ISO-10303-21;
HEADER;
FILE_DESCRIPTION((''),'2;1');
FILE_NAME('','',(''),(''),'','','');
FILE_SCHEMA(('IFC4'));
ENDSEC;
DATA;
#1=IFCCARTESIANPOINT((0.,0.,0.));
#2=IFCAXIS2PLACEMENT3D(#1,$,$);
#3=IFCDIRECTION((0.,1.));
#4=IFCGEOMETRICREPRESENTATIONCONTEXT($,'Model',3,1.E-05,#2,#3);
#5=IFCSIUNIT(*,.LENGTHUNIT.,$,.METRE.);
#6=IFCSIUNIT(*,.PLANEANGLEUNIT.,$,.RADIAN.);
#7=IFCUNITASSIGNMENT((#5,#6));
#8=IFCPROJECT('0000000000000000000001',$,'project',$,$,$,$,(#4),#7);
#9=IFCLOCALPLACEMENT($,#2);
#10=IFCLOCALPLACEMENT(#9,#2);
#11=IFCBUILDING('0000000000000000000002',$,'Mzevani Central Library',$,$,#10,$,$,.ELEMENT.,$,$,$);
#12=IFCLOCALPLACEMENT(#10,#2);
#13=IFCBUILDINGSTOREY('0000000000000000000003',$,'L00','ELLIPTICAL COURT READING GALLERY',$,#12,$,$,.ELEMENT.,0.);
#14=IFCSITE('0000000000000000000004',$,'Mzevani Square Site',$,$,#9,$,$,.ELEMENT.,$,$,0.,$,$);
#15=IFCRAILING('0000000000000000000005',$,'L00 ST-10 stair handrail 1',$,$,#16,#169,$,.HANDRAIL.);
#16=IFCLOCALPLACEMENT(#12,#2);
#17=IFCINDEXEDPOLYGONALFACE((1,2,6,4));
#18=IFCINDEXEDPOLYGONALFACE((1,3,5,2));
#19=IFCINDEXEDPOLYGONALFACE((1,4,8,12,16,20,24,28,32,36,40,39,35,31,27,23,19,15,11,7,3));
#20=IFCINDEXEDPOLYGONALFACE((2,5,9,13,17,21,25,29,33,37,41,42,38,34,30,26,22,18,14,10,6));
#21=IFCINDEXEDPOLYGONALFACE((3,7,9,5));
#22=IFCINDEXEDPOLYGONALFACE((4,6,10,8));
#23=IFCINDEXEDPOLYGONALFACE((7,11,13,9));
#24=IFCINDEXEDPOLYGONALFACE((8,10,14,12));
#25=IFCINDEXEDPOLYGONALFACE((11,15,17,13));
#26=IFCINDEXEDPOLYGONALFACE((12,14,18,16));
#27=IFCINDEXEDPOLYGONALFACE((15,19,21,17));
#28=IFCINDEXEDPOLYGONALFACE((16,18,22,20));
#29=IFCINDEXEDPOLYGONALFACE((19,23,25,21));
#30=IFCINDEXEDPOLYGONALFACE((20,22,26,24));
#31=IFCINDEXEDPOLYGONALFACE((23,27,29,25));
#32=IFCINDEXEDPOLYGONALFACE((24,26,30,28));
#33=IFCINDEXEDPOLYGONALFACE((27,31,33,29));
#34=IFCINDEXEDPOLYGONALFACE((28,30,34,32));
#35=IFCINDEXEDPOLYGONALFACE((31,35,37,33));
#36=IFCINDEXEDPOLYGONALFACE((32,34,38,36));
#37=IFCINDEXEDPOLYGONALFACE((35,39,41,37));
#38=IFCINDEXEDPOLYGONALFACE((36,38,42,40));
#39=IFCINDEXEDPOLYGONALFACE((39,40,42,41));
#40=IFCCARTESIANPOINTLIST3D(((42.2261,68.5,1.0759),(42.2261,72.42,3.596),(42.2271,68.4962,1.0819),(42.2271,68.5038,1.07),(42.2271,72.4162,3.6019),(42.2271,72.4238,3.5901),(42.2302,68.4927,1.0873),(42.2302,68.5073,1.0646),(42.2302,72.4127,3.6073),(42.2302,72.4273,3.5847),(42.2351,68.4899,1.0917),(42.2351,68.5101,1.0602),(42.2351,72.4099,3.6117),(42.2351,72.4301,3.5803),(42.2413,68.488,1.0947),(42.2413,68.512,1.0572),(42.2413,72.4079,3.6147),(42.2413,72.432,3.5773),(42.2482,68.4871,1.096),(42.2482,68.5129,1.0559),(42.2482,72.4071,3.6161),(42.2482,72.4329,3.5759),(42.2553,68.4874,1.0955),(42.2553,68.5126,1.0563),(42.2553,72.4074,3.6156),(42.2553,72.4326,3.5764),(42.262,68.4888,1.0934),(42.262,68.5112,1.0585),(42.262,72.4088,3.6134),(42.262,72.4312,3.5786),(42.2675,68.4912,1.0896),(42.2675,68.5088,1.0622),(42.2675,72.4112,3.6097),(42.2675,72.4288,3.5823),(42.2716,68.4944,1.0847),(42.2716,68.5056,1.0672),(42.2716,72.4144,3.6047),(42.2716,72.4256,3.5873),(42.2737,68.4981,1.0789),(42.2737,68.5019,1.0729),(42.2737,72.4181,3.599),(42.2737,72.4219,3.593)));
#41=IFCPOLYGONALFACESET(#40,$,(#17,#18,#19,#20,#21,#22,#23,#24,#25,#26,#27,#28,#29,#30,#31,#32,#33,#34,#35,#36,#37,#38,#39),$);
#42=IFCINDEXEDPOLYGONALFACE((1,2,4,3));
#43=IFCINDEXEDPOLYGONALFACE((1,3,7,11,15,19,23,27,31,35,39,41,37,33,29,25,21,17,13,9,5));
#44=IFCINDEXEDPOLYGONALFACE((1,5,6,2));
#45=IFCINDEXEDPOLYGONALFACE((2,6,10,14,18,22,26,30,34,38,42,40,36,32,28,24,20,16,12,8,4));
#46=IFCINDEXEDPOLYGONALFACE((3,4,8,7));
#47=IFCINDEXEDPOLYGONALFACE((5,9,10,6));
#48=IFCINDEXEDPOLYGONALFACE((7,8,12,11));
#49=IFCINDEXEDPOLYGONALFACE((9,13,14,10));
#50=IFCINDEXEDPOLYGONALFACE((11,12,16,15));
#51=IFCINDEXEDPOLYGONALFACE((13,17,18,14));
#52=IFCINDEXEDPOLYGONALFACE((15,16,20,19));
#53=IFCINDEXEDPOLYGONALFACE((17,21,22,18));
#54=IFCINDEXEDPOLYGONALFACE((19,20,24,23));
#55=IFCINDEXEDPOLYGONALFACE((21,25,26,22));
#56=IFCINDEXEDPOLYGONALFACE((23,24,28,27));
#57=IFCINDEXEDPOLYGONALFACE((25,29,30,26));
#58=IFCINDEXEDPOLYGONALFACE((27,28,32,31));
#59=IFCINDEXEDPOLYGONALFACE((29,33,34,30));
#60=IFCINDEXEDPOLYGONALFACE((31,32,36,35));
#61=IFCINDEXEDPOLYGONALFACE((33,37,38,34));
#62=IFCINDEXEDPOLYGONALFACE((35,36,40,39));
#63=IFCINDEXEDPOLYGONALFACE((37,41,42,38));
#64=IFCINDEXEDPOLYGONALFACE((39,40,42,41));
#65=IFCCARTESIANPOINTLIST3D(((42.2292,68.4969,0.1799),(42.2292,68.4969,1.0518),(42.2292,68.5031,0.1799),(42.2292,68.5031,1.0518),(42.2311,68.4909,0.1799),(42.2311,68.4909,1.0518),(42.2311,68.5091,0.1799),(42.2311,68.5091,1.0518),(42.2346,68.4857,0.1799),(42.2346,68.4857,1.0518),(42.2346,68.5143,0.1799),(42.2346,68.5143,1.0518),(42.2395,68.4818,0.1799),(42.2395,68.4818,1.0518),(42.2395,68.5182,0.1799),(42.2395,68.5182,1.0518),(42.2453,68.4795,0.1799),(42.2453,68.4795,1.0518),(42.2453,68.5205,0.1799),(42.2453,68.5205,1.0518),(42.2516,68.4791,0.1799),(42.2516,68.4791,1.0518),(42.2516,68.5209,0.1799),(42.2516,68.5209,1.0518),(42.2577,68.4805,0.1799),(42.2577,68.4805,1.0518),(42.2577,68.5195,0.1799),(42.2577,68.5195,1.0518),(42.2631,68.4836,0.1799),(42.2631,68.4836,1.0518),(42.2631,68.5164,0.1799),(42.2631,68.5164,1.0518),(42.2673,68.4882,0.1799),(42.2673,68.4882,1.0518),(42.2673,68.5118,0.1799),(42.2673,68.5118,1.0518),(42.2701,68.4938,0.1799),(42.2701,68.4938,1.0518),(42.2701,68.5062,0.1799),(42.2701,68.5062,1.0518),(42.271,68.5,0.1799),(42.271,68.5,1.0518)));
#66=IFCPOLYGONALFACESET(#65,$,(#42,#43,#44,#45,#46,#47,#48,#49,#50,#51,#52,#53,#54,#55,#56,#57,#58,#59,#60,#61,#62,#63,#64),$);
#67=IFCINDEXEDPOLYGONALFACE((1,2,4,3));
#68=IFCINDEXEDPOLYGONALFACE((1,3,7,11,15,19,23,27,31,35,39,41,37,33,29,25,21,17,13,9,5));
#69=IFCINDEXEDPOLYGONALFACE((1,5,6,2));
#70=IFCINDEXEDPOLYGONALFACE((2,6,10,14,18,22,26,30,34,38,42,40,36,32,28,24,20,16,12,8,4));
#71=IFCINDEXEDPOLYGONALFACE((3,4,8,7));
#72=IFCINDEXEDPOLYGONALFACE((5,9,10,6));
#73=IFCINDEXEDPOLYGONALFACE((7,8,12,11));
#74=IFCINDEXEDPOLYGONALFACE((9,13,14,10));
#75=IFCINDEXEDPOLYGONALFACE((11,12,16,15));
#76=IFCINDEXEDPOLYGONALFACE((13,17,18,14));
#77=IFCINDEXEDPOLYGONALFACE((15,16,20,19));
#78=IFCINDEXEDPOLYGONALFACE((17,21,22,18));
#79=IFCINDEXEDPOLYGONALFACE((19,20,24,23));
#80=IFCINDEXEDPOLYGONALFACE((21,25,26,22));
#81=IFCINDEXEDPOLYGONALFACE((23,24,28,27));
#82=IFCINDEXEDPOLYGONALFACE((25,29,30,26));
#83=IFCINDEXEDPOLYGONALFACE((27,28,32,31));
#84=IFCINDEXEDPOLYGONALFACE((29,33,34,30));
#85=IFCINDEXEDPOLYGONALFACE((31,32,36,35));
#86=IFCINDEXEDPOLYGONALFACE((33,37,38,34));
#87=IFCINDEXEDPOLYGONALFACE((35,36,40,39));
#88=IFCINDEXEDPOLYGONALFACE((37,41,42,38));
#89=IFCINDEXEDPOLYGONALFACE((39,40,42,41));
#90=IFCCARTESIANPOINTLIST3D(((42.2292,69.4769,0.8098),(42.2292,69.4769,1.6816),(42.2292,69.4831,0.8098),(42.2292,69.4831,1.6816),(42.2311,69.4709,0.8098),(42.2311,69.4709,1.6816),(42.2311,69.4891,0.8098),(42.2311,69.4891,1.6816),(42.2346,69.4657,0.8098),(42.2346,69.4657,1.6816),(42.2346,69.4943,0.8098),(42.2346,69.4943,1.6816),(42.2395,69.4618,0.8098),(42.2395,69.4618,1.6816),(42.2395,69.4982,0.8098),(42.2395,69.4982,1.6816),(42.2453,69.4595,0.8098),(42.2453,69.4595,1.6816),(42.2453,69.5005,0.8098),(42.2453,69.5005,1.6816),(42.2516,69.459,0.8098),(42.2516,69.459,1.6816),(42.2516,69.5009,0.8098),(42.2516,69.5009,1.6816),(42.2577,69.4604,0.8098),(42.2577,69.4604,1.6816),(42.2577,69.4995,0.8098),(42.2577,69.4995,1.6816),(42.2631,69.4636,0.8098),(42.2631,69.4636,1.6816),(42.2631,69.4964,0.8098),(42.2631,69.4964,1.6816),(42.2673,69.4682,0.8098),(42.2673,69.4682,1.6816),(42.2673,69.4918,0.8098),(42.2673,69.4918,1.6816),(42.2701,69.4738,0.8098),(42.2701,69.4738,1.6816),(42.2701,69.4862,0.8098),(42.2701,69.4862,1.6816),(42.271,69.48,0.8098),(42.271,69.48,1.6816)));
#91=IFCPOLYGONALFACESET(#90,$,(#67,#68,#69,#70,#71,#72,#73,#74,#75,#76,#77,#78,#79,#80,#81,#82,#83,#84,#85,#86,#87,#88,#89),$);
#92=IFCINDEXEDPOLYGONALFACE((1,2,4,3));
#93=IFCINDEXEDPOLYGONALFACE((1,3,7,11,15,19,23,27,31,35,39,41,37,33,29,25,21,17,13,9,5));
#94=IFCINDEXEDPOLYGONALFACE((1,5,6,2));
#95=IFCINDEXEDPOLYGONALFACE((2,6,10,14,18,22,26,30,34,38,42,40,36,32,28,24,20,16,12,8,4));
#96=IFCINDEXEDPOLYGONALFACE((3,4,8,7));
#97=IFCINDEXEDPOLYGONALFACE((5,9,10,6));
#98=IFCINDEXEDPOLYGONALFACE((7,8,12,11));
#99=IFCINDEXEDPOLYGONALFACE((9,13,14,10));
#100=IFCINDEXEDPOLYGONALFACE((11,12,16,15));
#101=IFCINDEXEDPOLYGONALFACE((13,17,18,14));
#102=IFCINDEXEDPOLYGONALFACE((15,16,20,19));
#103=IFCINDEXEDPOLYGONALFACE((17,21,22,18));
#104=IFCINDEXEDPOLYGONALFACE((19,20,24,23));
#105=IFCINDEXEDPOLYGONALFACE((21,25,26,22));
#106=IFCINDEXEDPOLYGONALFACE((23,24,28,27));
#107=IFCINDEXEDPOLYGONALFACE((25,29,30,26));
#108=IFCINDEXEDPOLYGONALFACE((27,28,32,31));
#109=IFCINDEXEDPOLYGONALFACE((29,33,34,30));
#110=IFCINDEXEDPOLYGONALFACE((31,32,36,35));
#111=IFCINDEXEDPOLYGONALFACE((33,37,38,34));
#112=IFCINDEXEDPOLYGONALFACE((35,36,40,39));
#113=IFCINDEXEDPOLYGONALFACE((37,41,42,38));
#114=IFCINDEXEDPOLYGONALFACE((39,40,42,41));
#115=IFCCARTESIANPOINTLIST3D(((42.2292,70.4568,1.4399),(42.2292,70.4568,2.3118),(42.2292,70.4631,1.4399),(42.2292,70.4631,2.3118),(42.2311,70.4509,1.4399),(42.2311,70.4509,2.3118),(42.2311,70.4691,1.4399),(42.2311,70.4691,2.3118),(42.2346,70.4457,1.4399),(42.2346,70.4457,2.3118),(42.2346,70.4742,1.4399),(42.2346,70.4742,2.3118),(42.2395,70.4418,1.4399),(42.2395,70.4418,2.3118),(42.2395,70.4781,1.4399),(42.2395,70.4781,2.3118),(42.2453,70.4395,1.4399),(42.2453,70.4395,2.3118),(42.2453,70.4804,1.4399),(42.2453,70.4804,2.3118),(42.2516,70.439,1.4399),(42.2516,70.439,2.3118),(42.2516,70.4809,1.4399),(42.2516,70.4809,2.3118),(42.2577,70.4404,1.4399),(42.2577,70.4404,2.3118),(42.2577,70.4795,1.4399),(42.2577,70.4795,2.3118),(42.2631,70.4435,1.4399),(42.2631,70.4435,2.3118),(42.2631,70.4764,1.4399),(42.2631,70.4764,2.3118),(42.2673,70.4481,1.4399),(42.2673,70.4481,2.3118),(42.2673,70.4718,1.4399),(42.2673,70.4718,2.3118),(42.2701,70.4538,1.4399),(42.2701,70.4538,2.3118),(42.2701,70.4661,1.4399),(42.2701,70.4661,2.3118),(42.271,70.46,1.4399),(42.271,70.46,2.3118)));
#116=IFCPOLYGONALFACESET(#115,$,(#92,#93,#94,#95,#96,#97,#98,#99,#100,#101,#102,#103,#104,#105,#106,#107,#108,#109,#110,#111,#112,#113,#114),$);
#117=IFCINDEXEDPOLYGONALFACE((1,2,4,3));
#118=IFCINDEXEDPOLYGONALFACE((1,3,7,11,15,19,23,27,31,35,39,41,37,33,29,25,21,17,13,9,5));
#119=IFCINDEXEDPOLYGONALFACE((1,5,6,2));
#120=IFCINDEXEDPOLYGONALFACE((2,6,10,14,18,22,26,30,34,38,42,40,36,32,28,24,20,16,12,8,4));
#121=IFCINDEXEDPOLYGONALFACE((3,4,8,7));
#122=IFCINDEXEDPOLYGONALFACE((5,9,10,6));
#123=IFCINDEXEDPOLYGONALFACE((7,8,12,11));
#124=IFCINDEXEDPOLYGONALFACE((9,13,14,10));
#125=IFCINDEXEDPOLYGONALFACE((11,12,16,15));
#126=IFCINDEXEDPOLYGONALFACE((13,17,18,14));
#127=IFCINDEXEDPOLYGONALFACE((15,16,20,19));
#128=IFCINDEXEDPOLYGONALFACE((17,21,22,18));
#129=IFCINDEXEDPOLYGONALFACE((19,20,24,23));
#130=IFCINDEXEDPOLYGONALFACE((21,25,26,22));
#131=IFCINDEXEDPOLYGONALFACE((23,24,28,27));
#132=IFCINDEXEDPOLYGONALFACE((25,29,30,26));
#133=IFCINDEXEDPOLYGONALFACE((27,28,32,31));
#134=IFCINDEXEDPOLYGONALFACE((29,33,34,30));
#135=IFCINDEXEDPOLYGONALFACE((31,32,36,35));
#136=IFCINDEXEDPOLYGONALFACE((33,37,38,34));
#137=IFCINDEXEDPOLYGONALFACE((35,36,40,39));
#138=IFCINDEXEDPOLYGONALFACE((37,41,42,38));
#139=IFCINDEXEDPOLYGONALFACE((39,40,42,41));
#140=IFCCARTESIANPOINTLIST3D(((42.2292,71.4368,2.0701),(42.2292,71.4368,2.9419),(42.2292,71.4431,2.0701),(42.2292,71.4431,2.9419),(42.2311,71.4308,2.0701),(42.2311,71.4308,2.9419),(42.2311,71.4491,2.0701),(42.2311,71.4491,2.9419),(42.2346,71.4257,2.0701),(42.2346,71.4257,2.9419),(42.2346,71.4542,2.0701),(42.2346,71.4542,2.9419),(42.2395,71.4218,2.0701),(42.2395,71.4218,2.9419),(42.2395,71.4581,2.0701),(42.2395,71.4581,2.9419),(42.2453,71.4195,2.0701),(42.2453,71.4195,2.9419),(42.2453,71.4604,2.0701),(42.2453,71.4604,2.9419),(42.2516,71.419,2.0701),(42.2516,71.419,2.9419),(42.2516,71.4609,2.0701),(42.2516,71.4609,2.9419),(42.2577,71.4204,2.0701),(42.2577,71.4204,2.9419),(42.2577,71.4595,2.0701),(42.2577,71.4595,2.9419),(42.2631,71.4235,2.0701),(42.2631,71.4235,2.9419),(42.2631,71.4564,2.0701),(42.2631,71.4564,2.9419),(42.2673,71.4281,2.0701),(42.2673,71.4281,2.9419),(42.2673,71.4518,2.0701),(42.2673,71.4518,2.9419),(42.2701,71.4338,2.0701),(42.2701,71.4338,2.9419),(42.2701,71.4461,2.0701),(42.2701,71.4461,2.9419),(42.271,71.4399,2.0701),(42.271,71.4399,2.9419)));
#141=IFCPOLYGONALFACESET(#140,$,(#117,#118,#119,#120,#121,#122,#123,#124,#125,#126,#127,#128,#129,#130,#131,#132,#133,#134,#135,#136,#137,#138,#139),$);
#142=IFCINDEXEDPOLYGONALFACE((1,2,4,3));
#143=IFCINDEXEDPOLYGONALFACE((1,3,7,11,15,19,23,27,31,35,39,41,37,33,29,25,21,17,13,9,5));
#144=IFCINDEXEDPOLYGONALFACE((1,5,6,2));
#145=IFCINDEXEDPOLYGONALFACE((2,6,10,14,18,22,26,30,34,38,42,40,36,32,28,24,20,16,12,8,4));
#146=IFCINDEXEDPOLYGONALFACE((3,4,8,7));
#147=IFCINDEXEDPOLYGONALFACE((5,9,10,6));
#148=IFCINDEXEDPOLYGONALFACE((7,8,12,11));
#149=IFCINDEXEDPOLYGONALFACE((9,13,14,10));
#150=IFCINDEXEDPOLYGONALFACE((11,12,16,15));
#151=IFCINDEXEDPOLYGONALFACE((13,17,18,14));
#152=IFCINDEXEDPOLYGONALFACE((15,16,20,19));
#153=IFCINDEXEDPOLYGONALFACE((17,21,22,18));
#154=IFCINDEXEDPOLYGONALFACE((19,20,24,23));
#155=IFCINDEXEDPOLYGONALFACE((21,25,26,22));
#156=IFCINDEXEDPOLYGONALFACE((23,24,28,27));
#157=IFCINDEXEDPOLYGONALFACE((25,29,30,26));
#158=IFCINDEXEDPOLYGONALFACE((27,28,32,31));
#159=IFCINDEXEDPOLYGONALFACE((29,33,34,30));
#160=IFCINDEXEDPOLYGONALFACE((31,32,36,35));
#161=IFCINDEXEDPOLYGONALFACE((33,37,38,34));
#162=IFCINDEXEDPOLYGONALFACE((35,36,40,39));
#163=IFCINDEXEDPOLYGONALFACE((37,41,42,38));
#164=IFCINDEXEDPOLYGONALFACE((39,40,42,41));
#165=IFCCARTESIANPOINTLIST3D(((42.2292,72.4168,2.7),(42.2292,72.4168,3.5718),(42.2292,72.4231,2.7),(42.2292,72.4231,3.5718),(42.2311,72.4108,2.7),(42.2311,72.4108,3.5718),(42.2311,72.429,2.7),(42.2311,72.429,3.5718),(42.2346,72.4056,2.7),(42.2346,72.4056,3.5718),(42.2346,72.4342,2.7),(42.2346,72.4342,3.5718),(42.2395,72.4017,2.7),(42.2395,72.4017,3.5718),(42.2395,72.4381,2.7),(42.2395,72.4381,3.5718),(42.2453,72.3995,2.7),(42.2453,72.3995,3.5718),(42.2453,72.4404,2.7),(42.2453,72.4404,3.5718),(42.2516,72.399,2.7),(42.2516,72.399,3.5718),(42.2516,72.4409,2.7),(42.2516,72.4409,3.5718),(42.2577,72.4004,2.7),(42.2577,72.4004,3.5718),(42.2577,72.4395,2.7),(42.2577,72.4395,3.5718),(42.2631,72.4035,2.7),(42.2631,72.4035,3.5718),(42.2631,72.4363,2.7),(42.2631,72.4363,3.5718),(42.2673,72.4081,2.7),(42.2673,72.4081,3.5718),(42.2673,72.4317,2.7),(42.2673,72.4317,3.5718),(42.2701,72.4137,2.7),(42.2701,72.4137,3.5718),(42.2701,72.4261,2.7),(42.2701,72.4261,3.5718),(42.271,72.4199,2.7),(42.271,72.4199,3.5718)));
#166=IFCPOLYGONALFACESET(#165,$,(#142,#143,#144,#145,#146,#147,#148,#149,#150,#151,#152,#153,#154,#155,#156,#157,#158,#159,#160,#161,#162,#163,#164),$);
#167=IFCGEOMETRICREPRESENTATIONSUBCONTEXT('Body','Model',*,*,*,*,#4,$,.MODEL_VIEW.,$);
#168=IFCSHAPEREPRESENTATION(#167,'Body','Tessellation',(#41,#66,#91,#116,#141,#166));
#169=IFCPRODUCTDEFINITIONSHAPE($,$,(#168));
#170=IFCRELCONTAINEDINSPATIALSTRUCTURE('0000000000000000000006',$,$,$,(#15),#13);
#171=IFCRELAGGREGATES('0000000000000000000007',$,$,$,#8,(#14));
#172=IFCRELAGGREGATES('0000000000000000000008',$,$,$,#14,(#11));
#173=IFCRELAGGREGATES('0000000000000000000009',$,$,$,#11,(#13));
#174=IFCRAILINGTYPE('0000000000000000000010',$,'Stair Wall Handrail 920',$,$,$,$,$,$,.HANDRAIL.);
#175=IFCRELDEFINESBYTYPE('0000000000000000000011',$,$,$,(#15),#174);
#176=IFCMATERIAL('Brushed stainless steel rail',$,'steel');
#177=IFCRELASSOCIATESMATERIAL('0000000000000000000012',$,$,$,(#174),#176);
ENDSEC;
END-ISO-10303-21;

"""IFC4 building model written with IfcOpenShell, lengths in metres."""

from ifc_helpers import new_model, si_unit, direction, frame, origin, origin_2d, place, context, subcontext, project, spatial, circle, extrude, material, type_object, element, save


model = new_model("IFC4")

# Units and contexts
model_context = context("Model", 3, precision=1e-05, world=origin(), true_north=direction((0.0, 1.0)))
body_context = subcontext(model_context, "Body", "Model", "MODEL_VIEW")
ifc_project = project(units=[si_unit("LENGTHUNIT", "METRE"), si_unit("PLANEANGLEUNIT", "RADIAN")], contexts=[model_context])

# Site, building, storey
site_placement = place(None, origin())
site = spatial("IfcSite", under=ifc_project, at=site_placement, Name="Mzevani Square Site", CompositionType="ELEMENT", RefElevation=0.0)
building_placement = place(site_placement, origin())
building = spatial("IfcBuilding", under=site, at=building_placement, Name="Mzevani Central Library", CompositionType="ELEMENT")
storey_placement = place(building_placement, origin())
storey = spatial("IfcBuildingStorey", under=building, at=storey_placement, Name="L00", Description="ELLIPTICAL COURT READING GALLERY", CompositionType="ELEMENT", Elevation=0.0)

# Railing
ifc_material_1 = material(Name="Brushed stainless steel rail", Category="steel")
railing_type_1 = type_object("IfcRailingType", Name="Stair Wall Handrail 920", PredefinedType="HANDRAIL", material=ifc_material_1)
railing_1_placement = place(storey_placement, frame((42.25, 68.5, 0.1799)))
element("IfcRailing", 1, at=railing_1_placement, inside=storey, type_object=railing_type_1, Name="L00 ST-10 stair handrail 1", PredefinedType="HANDRAIL", context=body_context, shape_type="SweptSolid", body=[
    extrude(circle(Radius=0.0239, at=origin_2d()), frame((0.0, 0.0, 0.896), z_axis=(0.0, 0.841172, 0.540768), x_axis=(-1.0, 0.0, 0.0)), (0.0, 0.0, 1.0), 4.6602),
    extrude(circle(Radius=0.021, at=origin_2d()), origin(), (0.0, 0.0, 1.0), 0.8718),
    extrude(circle(Radius=0.021, at=origin_2d()), frame((0.0, 0.98, 0.6299)), (0.0, 0.0, 1.0), 0.8718),
    extrude(circle(Radius=0.021, at=origin_2d()), frame((0.0, 1.96, 1.26)), (0.0, 0.0, 1.0), 0.8718),
    extrude(circle(Radius=0.021, at=origin_2d()), frame((0.0, 2.9399, 1.8901)), (0.0, 0.0, 1.0), 0.8718),
    extrude(circle(Radius=0.021, at=origin_2d()), frame((0.0, 3.9199, 2.52)), (0.0, 0.0, 1.0), 0.8718),
])

save(model, "model.ifc")
